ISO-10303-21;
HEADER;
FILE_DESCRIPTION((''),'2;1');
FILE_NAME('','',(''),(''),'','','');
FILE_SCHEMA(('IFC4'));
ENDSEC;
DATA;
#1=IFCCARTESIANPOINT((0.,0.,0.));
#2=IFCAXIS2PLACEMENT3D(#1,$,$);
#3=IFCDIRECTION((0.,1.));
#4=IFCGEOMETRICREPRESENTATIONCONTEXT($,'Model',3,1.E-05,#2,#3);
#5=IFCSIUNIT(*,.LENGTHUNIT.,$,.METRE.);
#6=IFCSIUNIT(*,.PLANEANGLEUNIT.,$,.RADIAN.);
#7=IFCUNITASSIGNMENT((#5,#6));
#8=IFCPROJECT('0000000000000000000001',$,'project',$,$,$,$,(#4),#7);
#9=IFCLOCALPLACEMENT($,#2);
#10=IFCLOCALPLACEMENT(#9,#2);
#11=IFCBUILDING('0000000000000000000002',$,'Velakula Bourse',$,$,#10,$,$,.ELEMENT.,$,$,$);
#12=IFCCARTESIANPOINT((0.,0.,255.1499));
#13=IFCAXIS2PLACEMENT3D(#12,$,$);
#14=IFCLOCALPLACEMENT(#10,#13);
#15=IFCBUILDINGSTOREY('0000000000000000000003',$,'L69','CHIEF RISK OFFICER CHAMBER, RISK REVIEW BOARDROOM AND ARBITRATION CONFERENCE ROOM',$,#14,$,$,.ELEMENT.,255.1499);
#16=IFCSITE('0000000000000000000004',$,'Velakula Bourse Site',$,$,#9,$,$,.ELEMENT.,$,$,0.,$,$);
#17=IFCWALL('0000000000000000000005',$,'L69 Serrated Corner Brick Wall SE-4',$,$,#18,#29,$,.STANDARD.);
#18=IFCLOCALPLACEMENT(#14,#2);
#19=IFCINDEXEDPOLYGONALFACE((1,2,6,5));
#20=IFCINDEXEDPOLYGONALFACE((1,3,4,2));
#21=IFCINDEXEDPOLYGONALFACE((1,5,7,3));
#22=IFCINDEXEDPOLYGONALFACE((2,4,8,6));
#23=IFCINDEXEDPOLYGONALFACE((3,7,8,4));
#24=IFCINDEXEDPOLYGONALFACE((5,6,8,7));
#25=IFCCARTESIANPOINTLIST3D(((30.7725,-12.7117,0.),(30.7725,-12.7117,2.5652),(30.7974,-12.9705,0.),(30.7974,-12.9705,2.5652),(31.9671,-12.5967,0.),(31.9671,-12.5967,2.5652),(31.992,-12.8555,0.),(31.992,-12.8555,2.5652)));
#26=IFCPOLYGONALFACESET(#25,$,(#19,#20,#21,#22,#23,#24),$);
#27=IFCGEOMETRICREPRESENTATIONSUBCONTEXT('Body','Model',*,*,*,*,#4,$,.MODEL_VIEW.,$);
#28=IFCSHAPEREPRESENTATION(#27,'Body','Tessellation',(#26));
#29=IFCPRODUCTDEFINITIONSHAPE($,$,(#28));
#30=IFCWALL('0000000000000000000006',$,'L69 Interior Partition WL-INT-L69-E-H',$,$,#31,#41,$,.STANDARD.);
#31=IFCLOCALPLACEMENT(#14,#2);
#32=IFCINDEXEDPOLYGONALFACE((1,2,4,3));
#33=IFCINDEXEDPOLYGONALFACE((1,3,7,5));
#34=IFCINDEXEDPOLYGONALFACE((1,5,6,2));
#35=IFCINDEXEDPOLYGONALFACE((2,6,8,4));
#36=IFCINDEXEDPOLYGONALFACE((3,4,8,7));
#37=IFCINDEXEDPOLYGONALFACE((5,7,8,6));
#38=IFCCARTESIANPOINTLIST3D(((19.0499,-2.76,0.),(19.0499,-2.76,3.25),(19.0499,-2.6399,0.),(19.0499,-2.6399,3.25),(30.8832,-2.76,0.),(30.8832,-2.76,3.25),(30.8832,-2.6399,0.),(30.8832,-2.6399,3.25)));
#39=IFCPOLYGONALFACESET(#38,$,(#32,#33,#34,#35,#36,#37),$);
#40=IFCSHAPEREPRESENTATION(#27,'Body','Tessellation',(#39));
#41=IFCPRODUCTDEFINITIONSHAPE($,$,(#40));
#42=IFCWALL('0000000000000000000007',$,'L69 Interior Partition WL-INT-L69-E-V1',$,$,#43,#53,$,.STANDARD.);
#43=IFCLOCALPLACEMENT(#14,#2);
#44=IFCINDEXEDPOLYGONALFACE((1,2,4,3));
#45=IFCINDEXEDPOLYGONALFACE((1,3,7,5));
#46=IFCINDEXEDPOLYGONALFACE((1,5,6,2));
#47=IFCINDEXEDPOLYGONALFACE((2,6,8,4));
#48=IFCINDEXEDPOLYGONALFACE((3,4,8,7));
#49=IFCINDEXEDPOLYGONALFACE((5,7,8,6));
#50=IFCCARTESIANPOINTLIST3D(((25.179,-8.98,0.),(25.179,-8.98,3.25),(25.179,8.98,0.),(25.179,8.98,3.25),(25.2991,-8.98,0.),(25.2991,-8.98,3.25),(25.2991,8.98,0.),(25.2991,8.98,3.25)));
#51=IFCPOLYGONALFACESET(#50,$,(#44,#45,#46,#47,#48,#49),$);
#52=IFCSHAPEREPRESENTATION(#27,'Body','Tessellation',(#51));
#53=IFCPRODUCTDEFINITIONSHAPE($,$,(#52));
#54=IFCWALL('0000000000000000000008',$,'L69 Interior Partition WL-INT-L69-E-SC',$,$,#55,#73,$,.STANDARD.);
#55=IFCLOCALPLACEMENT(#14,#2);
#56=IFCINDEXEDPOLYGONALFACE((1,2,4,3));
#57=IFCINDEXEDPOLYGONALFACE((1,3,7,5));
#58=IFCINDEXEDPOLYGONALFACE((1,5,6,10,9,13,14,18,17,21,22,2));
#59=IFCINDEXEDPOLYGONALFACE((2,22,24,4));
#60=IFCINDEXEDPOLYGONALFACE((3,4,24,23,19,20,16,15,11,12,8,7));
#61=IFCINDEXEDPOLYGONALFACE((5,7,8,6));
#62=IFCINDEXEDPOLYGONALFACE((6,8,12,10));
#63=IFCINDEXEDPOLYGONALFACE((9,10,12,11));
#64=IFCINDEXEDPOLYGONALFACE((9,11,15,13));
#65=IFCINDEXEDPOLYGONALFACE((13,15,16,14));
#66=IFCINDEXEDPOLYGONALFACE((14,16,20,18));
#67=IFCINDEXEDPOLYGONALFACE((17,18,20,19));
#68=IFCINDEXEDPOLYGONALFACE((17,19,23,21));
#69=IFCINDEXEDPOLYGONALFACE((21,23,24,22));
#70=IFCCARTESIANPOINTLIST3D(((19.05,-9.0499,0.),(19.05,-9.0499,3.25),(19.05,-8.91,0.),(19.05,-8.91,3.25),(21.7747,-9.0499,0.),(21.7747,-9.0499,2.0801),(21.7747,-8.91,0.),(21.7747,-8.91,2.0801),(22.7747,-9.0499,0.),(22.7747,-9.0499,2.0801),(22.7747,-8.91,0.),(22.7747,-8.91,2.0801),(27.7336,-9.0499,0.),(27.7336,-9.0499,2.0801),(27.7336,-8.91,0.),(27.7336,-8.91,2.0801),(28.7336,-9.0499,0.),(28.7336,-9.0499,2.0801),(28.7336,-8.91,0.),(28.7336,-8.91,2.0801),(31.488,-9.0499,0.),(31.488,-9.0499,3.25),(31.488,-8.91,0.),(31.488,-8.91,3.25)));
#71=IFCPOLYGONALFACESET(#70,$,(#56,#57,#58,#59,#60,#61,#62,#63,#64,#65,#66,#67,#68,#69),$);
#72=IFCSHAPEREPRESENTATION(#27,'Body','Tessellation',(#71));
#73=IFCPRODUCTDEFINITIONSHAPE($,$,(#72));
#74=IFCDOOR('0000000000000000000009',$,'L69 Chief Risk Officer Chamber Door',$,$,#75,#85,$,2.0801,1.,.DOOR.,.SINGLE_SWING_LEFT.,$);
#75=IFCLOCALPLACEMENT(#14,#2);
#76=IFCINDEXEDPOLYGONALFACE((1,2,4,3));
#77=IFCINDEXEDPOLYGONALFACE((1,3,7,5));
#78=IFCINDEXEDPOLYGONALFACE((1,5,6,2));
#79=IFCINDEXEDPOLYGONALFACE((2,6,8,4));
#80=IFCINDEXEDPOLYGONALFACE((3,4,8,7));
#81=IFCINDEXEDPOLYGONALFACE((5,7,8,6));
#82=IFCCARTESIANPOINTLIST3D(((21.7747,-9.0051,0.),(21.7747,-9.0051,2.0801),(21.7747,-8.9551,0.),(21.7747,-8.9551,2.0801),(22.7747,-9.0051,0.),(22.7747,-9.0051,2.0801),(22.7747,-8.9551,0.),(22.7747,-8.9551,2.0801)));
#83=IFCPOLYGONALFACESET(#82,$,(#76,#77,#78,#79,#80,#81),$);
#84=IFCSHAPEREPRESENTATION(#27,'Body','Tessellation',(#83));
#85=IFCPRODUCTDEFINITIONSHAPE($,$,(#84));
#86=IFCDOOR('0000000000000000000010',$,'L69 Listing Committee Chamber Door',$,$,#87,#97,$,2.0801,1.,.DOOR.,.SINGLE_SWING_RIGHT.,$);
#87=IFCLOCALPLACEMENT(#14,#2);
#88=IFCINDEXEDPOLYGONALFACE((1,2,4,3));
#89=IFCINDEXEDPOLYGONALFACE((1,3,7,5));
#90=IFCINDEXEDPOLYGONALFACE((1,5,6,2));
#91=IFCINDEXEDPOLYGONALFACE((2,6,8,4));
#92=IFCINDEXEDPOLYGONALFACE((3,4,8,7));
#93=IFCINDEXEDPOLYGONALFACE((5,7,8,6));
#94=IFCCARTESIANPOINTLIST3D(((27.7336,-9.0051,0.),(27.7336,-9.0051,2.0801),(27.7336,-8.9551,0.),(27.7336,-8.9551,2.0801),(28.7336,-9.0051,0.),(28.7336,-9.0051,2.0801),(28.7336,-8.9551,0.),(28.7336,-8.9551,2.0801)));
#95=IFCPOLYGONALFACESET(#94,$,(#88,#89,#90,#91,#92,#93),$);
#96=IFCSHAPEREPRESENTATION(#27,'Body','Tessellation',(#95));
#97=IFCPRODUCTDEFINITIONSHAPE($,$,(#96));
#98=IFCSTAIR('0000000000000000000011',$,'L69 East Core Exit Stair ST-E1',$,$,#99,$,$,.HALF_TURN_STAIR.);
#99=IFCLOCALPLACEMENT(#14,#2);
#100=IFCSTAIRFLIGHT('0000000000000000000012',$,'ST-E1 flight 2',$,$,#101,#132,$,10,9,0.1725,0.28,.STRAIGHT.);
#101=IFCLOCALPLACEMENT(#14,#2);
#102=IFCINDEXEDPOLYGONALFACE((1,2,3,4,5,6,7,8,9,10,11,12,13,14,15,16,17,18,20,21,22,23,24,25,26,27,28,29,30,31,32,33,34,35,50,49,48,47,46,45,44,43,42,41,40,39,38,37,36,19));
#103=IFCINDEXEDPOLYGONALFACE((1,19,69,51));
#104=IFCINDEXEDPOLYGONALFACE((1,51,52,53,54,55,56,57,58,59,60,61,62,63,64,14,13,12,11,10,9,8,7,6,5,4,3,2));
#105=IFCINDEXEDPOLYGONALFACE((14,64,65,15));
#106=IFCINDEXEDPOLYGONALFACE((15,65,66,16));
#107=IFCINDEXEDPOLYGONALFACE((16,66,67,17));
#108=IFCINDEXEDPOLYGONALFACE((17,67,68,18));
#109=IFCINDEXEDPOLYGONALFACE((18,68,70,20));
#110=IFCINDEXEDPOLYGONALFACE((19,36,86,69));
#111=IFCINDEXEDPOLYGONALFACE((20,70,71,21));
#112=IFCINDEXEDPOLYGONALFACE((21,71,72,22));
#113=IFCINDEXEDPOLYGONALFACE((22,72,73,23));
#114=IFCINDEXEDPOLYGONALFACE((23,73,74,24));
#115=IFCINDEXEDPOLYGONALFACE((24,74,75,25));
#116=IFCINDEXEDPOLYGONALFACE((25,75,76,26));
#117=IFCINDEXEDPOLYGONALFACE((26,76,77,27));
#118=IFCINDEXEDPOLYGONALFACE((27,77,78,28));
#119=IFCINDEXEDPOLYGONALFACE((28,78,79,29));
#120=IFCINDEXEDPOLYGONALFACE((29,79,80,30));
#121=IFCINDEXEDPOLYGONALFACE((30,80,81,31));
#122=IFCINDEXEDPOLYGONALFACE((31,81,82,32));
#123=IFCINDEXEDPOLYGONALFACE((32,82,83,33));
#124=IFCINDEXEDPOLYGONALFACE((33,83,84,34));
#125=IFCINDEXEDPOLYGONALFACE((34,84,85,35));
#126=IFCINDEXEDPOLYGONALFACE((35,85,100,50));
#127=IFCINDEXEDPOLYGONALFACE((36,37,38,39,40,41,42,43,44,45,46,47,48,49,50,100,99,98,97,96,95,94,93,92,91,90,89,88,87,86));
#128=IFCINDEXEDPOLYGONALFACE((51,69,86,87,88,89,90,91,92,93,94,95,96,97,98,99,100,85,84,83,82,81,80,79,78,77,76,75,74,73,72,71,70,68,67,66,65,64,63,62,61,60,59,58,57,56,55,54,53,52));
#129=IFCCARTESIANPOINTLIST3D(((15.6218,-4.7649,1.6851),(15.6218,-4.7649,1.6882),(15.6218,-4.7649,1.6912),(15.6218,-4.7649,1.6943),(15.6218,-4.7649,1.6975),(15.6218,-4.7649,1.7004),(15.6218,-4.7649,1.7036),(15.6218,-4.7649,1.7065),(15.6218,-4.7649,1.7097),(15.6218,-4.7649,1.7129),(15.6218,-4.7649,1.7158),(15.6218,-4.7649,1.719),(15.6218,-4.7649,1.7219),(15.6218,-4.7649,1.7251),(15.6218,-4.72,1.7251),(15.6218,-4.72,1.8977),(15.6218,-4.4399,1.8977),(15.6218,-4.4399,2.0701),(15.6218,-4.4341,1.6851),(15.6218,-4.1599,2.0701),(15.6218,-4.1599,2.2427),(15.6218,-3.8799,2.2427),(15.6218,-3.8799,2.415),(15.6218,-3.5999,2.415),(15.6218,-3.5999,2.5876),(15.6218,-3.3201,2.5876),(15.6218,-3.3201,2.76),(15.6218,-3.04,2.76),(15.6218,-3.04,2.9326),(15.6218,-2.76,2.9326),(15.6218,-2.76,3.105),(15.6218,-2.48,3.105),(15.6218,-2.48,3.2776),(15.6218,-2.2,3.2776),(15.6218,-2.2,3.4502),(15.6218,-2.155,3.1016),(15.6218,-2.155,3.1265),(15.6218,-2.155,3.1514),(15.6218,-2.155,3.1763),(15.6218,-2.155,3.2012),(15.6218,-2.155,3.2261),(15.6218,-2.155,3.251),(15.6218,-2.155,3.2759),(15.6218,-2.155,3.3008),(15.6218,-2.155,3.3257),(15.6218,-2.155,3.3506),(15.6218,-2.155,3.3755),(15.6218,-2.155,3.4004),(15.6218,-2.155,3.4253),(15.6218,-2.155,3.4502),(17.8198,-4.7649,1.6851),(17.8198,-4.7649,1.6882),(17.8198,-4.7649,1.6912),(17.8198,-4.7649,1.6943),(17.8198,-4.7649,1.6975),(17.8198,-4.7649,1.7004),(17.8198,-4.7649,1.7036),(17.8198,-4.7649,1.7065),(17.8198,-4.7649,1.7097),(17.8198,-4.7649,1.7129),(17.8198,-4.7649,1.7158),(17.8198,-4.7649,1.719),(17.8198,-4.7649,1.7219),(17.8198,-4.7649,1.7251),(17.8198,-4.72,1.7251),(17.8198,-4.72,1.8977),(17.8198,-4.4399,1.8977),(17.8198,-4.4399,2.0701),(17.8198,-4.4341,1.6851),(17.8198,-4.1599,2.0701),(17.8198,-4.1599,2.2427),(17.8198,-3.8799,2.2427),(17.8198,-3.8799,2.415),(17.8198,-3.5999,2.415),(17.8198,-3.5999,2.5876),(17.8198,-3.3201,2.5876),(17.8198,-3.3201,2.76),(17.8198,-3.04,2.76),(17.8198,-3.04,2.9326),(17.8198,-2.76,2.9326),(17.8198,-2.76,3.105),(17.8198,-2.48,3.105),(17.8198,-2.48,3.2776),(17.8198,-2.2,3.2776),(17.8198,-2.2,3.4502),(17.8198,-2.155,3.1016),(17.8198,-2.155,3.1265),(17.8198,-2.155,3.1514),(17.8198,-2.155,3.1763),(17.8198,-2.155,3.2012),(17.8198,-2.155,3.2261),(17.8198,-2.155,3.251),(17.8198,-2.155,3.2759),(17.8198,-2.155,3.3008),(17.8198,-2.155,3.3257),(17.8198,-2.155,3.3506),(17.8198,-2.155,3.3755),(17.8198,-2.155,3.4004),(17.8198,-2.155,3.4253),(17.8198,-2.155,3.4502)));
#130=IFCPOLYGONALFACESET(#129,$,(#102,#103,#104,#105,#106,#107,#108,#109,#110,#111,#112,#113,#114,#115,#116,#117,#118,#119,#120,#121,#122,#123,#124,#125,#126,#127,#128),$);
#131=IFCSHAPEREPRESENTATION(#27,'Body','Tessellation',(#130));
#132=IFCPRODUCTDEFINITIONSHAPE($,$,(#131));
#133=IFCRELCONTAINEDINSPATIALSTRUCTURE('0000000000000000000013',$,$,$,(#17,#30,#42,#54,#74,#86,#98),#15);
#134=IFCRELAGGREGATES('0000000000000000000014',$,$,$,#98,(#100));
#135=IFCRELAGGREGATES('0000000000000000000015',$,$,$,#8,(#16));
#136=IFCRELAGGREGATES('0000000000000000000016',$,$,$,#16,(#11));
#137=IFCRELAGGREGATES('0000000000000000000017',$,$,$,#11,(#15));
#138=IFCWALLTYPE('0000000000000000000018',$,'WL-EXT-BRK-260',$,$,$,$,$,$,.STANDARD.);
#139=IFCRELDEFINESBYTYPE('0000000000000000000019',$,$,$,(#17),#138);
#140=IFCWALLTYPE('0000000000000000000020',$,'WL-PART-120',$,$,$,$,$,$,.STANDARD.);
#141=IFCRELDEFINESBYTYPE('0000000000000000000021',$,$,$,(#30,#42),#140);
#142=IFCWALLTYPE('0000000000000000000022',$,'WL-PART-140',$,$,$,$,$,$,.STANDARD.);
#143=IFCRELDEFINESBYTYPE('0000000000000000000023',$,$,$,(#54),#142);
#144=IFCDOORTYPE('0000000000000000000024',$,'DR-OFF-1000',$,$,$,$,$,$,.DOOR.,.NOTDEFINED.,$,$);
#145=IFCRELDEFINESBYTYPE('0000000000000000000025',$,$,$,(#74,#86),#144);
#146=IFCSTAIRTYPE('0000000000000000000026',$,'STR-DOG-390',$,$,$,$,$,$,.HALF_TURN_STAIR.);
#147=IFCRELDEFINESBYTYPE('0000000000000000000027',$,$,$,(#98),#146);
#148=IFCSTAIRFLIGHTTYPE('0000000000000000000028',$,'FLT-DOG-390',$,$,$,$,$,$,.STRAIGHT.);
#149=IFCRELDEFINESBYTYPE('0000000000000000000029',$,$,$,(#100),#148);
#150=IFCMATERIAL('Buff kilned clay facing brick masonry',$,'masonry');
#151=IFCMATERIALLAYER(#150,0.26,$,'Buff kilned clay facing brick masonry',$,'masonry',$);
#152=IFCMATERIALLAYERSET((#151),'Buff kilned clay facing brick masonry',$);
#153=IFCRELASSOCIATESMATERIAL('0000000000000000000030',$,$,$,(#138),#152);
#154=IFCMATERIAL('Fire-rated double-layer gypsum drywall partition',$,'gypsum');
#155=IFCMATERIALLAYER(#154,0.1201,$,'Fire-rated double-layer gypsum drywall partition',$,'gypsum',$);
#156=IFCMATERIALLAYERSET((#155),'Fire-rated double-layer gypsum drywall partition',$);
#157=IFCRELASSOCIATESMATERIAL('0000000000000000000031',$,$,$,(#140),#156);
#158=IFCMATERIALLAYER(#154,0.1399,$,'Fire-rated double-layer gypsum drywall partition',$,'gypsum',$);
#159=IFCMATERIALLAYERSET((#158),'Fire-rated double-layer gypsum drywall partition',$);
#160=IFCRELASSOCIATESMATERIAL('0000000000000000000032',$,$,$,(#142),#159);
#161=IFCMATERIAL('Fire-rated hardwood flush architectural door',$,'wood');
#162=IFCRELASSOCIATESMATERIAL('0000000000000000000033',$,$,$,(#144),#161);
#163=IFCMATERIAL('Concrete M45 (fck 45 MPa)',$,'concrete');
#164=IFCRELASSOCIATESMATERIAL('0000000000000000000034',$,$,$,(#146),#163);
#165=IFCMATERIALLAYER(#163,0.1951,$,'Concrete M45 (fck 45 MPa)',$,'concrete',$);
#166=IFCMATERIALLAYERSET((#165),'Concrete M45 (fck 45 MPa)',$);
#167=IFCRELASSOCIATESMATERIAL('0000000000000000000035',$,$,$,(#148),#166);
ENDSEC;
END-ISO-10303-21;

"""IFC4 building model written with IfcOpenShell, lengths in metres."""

from ifc_helpers import new_model, si_unit, direction, frame, frame_2d, origin, place, context, subcontext, project, spatial, polyline, rectangle, outline, extrude, material, layer, layer_set, type_object, element, fill, aggregate, save


model = new_model("IFC4")

# Units and contexts
model_context = context("Model", 3, precision=1e-05, world=origin(), true_north=direction((0.0, 1.0)))
body_context = subcontext(model_context, "Body", "Model", "MODEL_VIEW")
ifc_project = project(units=[si_unit("LENGTHUNIT", "METRE"), si_unit("PLANEANGLEUNIT", "RADIAN")], contexts=[model_context])

# Site, building, storey
site_placement = place(None, origin())
site = spatial("IfcSite", under=ifc_project, at=site_placement, Name="Velakula Bourse Site", CompositionType="ELEMENT", RefElevation=0.0)
building_placement = place(site_placement, origin())
building = spatial("IfcBuilding", under=site, at=building_placement, Name="Velakula Bourse", CompositionType="ELEMENT")
storey_placement = place(building_placement, frame((0.0, 0.0, 255.1499)))
storey = spatial("IfcBuildingStorey", under=building, at=storey_placement, Name="L69", Description="CHIEF RISK OFFICER CHAMBER, RISK REVIEW BOARDROOM AND ARBITRATION CONFERENCE ROOM", CompositionType="ELEMENT", Elevation=255.1499)

# Walls
ifc_material_1 = material(Name="Buff kilned clay facing brick masonry", Category="masonry")
ifc_layer_1 = layer(ifc_material_1, 0.26, Name="Buff kilned clay facing brick masonry", Category="masonry")
ifc_layer_set_1 = layer_set([ifc_layer_1], Name="Buff kilned clay facing brick masonry")
wall_type_1 = type_object("IfcWallType", Name="WL-EXT-BRK-260", PredefinedType="STANDARD", material=ifc_layer_set_1)
wall_1_placement = place(storey_placement, frame((30.7849, -12.8411, 0.0), z_axis=(0.0, 0.0, 1.0), x_axis=(0.995399, 0.095817, 0.0)))
element("IfcWall", 1, at=wall_1_placement, inside=storey, type_object=wall_type_1, Name="L69 Serrated Corner Brick Wall SE-4", PredefinedType="STANDARD", context=body_context, shape_type="SweptSolid", body=[
    extrude(rectangle(XDim=1.2002, YDim=0.26, at=frame_2d((0.6001, 0.0))), origin(), (0.0, 0.0, 1.0), 2.5652),
])
ifc_material_2 = material(Name="Fire-rated double-layer gypsum drywall partition", Category="gypsum")
ifc_layer_2 = layer(ifc_material_2, 0.1201, Name="Fire-rated double-layer gypsum drywall partition", Category="gypsum")
ifc_layer_set_2 = layer_set([ifc_layer_2], Name="Fire-rated double-layer gypsum drywall partition")
wall_type_2 = type_object("IfcWallType", Name="WL-PART-120", PredefinedType="STANDARD", material=ifc_layer_set_2)
wall_2_placement = place(storey_placement, frame((19.05, -2.7, 0.0), z_axis=(0.0, 0.0, 1.0), x_axis=(1.0, 0.0, 0.0)))
element("IfcWall", 2, at=wall_2_placement, inside=storey, type_object=wall_type_2, Name="L69 Interior Partition WL-INT-L69-E-H", PredefinedType="STANDARD", context=body_context, shape_type="SweptSolid", body=[
    extrude(rectangle(XDim=11.8333, YDim=0.1201, at=frame_2d((5.9165, 0.0))), origin(), (0.0, 0.0, 1.0), 3.25),
])
wall_3_placement = place(storey_placement, frame((25.239, -8.98, 0.0), z_axis=(0.0, 0.0, 1.0), x_axis=(0.0, 1.0, 0.0)))
element("IfcWall", 3, at=wall_3_placement, inside=storey, type_object=wall_type_2, Name="L69 Interior Partition WL-INT-L69-E-V1", PredefinedType="STANDARD", context=body_context, shape_type="SweptSolid", body=[
    extrude(rectangle(XDim=17.96, YDim=0.1201, at=frame_2d((8.98, 0.0))), origin(), (0.0, 0.0, 1.0), 3.25),
])

# Wall, openings, doors
ifc_layer_3 = layer(ifc_material_2, 0.1399, Name="Fire-rated double-layer gypsum drywall partition", Category="gypsum")
ifc_layer_set_3 = layer_set([ifc_layer_3], Name="Fire-rated double-layer gypsum drywall partition")
wall_type_3 = type_object("IfcWallType", Name="WL-PART-140", PredefinedType="STANDARD", material=ifc_layer_set_3)
wall_4_placement = place(storey_placement, frame((19.05, -8.98, 0.0), z_axis=(0.0, 0.0, 1.0), x_axis=(1.0, 0.0, 0.0)))
wall_4 = element("IfcWall", 4, at=wall_4_placement, inside=storey, type_object=wall_type_3, Name="L69 Interior Partition WL-INT-L69-E-SC", PredefinedType="STANDARD", context=body_context, shape_type="SweptSolid", body=[
    extrude(rectangle(XDim=12.438, YDim=0.1399, at=frame_2d((6.219, 0.0))), origin(), (0.0, 0.0, 1.0), 3.25),
])
opening_1_placement = place(wall_4_placement, frame((2.7246, 0.0, 0.0)))
opening_1 = element("IfcOpeningElement", 5, at=opening_1_placement, cuts=wall_4, PredefinedType="OPENING", context=body_context, shape_type="SweptSolid", body=[
    extrude(rectangle(XDim=1.0, YDim=2.0801, at=frame_2d((0.5, 1.04))), frame((0.0, 0.0798, 0.0), z_axis=(0.0, -1.0, 0.0), x_axis=(1.0, 0.0, 0.0)), (0.0, 0.0, 1.0), 0.1599),
])
opening_2_placement = place(wall_4_placement, frame((8.6836, 0.0, 0.0)))
opening_2 = element("IfcOpeningElement", 6, at=opening_2_placement, cuts=wall_4, PredefinedType="OPENING", context=body_context, shape_type="SweptSolid", body=[
    extrude(rectangle(XDim=1.0, YDim=2.0801, at=frame_2d((0.5, 1.04))), frame((0.0, 0.0798, 0.0), z_axis=(0.0, -1.0, 0.0), x_axis=(1.0, 0.0, 0.0)), (0.0, 0.0, 1.0), 0.1599),
])
ifc_material_3 = material(Name="Fire-rated hardwood flush architectural door", Category="wood")
door_type = type_object("IfcDoorType", Name="DR-OFF-1000", OperationType="NOTDEFINED", PredefinedType="DOOR", material=ifc_material_3)
door_1_placement = place(opening_1_placement, origin())
door_1 = element("IfcDoor", 7, at=door_1_placement, inside=storey, type_object=door_type, Name="L69 Chief Risk Officer Chamber Door", OperationType="SINGLE_SWING_LEFT", OverallHeight=2.0801, OverallWidth=1.0, PredefinedType="DOOR", context=body_context, shape_type="SweptSolid", body=[
    extrude(rectangle(XDim=1.0, YDim=2.0801, at=frame_2d((0.5, 1.04))), frame((0.0, 0.0249, 0.0), z_axis=(0.0, -1.0, 0.0), x_axis=(1.0, 0.0, 0.0)), (0.0, 0.0, 1.0), 0.05),
])
fill(opening_1, door_1)
door_2_placement = place(opening_2_placement, origin())
door_2 = element("IfcDoor", 8, at=door_2_placement, inside=storey, type_object=door_type, Name="L69 Listing Committee Chamber Door", OperationType="SINGLE_SWING_RIGHT", OverallHeight=2.0801, OverallWidth=1.0, PredefinedType="DOOR", context=body_context, shape_type="SweptSolid", body=[
    extrude(rectangle(XDim=1.0, YDim=2.0801, at=frame_2d((0.5, 1.04))), frame((0.0, 0.0249, 0.0), z_axis=(0.0, -1.0, 0.0), x_axis=(1.0, 0.0, 0.0)), (0.0, 0.0, 1.0), 0.05),
])
fill(opening_2, door_2)

# Stair, stair flight
ifc_material_4 = material(Name="Concrete M45 (fck 45 MPa)", Category="concrete")
stair_type = type_object("IfcStairType", Name="STR-DOG-390", PredefinedType="HALF_TURN_STAIR", material=ifc_material_4)
stair_placement = place(storey_placement, origin())
stair = element("IfcStair", 9, at=stair_placement, inside=storey, type_object=stair_type, Name="L69 East Core Exit Stair ST-E1", PredefinedType="HALF_TURN_STAIR")
ifc_layer_4 = layer(ifc_material_4, 0.1951, Name="Concrete M45 (fck 45 MPa)", Category="concrete")
ifc_layer_set_4 = layer_set([ifc_layer_4], Name="Concrete M45 (fck 45 MPa)")
stair_flight_type = type_object("IfcStairFlightType", Name="FLT-DOG-390", PredefinedType="STRAIGHT", material=ifc_layer_set_4)
stair_flight_placement = place(storey_placement, frame((16.7209, -4.72, 1.7251), z_axis=(0.0, 0.0, 1.0), x_axis=(0.0, 1.0, 0.0)))
stair_flight = element("IfcStairFlight", 10, at=stair_flight_placement, type_object=stair_flight_type, Name="ST-E1 flight 2", NumberOfRisers=10, NumberOfTreads=9, PredefinedType="STRAIGHT", RiserHeight=0.1725, TreadLength=0.28, context=body_context, shape_type="SweptSolid", body=[
    extrude(outline(polyline([(-0.0449, -0.04), (-0.0449, -0.0369), (-0.0449, -0.0339), (-0.0449, -0.0308), (-0.0449, -0.0276), (-0.0449, -0.0247), (-0.0449, -0.0215), (-0.0449, -0.0186), (-0.0449, -0.0154), (-0.0449, -0.0122), (-0.0449, -0.0093), (-0.0449, -0.0061), (-0.0449, -0.0032), (-0.0449, 0.0), (0.0, 0.0), (0.0, 0.1726), (0.28, 0.1726), (0.28, 0.345), (0.5601, 0.345), (0.5601, 0.5176), (0.8401, 0.5176), (0.8401, 0.6899), (1.1201, 0.6899), (1.1201, 0.8625), (1.3999, 0.8625), (1.3999, 1.0349), (1.6799, 1.0349), (1.6799, 1.2075), (1.96, 1.2075), (1.96, 1.3799), (2.24, 1.3799), (2.24, 1.5525), (2.52, 1.5525), (2.52, 1.7251), (2.5649, 1.7251), (2.5649, 1.7002), (2.5649, 1.6753), (2.5649, 1.6504), (2.5649, 1.6255), (2.5649, 1.6006), (2.5649, 1.5757), (2.5649, 1.5508), (2.5649, 1.5259), (2.5649, 1.501), (2.5649, 1.4761), (2.5649, 1.4512), (2.5649, 1.4263), (2.5649, 1.4014), (2.5649, 1.3765), (0.2859, -0.04), (-0.0449, -0.04)])), frame((0.0, 1.0991, 0.0), z_axis=(0.0, -1.0, 0.0), x_axis=(1.0, 0.0, 0.0)), (0.0, 0.0, 1.0), 2.198),
])
aggregate(stair, [stair_flight])

save(model, "model.ifc")
